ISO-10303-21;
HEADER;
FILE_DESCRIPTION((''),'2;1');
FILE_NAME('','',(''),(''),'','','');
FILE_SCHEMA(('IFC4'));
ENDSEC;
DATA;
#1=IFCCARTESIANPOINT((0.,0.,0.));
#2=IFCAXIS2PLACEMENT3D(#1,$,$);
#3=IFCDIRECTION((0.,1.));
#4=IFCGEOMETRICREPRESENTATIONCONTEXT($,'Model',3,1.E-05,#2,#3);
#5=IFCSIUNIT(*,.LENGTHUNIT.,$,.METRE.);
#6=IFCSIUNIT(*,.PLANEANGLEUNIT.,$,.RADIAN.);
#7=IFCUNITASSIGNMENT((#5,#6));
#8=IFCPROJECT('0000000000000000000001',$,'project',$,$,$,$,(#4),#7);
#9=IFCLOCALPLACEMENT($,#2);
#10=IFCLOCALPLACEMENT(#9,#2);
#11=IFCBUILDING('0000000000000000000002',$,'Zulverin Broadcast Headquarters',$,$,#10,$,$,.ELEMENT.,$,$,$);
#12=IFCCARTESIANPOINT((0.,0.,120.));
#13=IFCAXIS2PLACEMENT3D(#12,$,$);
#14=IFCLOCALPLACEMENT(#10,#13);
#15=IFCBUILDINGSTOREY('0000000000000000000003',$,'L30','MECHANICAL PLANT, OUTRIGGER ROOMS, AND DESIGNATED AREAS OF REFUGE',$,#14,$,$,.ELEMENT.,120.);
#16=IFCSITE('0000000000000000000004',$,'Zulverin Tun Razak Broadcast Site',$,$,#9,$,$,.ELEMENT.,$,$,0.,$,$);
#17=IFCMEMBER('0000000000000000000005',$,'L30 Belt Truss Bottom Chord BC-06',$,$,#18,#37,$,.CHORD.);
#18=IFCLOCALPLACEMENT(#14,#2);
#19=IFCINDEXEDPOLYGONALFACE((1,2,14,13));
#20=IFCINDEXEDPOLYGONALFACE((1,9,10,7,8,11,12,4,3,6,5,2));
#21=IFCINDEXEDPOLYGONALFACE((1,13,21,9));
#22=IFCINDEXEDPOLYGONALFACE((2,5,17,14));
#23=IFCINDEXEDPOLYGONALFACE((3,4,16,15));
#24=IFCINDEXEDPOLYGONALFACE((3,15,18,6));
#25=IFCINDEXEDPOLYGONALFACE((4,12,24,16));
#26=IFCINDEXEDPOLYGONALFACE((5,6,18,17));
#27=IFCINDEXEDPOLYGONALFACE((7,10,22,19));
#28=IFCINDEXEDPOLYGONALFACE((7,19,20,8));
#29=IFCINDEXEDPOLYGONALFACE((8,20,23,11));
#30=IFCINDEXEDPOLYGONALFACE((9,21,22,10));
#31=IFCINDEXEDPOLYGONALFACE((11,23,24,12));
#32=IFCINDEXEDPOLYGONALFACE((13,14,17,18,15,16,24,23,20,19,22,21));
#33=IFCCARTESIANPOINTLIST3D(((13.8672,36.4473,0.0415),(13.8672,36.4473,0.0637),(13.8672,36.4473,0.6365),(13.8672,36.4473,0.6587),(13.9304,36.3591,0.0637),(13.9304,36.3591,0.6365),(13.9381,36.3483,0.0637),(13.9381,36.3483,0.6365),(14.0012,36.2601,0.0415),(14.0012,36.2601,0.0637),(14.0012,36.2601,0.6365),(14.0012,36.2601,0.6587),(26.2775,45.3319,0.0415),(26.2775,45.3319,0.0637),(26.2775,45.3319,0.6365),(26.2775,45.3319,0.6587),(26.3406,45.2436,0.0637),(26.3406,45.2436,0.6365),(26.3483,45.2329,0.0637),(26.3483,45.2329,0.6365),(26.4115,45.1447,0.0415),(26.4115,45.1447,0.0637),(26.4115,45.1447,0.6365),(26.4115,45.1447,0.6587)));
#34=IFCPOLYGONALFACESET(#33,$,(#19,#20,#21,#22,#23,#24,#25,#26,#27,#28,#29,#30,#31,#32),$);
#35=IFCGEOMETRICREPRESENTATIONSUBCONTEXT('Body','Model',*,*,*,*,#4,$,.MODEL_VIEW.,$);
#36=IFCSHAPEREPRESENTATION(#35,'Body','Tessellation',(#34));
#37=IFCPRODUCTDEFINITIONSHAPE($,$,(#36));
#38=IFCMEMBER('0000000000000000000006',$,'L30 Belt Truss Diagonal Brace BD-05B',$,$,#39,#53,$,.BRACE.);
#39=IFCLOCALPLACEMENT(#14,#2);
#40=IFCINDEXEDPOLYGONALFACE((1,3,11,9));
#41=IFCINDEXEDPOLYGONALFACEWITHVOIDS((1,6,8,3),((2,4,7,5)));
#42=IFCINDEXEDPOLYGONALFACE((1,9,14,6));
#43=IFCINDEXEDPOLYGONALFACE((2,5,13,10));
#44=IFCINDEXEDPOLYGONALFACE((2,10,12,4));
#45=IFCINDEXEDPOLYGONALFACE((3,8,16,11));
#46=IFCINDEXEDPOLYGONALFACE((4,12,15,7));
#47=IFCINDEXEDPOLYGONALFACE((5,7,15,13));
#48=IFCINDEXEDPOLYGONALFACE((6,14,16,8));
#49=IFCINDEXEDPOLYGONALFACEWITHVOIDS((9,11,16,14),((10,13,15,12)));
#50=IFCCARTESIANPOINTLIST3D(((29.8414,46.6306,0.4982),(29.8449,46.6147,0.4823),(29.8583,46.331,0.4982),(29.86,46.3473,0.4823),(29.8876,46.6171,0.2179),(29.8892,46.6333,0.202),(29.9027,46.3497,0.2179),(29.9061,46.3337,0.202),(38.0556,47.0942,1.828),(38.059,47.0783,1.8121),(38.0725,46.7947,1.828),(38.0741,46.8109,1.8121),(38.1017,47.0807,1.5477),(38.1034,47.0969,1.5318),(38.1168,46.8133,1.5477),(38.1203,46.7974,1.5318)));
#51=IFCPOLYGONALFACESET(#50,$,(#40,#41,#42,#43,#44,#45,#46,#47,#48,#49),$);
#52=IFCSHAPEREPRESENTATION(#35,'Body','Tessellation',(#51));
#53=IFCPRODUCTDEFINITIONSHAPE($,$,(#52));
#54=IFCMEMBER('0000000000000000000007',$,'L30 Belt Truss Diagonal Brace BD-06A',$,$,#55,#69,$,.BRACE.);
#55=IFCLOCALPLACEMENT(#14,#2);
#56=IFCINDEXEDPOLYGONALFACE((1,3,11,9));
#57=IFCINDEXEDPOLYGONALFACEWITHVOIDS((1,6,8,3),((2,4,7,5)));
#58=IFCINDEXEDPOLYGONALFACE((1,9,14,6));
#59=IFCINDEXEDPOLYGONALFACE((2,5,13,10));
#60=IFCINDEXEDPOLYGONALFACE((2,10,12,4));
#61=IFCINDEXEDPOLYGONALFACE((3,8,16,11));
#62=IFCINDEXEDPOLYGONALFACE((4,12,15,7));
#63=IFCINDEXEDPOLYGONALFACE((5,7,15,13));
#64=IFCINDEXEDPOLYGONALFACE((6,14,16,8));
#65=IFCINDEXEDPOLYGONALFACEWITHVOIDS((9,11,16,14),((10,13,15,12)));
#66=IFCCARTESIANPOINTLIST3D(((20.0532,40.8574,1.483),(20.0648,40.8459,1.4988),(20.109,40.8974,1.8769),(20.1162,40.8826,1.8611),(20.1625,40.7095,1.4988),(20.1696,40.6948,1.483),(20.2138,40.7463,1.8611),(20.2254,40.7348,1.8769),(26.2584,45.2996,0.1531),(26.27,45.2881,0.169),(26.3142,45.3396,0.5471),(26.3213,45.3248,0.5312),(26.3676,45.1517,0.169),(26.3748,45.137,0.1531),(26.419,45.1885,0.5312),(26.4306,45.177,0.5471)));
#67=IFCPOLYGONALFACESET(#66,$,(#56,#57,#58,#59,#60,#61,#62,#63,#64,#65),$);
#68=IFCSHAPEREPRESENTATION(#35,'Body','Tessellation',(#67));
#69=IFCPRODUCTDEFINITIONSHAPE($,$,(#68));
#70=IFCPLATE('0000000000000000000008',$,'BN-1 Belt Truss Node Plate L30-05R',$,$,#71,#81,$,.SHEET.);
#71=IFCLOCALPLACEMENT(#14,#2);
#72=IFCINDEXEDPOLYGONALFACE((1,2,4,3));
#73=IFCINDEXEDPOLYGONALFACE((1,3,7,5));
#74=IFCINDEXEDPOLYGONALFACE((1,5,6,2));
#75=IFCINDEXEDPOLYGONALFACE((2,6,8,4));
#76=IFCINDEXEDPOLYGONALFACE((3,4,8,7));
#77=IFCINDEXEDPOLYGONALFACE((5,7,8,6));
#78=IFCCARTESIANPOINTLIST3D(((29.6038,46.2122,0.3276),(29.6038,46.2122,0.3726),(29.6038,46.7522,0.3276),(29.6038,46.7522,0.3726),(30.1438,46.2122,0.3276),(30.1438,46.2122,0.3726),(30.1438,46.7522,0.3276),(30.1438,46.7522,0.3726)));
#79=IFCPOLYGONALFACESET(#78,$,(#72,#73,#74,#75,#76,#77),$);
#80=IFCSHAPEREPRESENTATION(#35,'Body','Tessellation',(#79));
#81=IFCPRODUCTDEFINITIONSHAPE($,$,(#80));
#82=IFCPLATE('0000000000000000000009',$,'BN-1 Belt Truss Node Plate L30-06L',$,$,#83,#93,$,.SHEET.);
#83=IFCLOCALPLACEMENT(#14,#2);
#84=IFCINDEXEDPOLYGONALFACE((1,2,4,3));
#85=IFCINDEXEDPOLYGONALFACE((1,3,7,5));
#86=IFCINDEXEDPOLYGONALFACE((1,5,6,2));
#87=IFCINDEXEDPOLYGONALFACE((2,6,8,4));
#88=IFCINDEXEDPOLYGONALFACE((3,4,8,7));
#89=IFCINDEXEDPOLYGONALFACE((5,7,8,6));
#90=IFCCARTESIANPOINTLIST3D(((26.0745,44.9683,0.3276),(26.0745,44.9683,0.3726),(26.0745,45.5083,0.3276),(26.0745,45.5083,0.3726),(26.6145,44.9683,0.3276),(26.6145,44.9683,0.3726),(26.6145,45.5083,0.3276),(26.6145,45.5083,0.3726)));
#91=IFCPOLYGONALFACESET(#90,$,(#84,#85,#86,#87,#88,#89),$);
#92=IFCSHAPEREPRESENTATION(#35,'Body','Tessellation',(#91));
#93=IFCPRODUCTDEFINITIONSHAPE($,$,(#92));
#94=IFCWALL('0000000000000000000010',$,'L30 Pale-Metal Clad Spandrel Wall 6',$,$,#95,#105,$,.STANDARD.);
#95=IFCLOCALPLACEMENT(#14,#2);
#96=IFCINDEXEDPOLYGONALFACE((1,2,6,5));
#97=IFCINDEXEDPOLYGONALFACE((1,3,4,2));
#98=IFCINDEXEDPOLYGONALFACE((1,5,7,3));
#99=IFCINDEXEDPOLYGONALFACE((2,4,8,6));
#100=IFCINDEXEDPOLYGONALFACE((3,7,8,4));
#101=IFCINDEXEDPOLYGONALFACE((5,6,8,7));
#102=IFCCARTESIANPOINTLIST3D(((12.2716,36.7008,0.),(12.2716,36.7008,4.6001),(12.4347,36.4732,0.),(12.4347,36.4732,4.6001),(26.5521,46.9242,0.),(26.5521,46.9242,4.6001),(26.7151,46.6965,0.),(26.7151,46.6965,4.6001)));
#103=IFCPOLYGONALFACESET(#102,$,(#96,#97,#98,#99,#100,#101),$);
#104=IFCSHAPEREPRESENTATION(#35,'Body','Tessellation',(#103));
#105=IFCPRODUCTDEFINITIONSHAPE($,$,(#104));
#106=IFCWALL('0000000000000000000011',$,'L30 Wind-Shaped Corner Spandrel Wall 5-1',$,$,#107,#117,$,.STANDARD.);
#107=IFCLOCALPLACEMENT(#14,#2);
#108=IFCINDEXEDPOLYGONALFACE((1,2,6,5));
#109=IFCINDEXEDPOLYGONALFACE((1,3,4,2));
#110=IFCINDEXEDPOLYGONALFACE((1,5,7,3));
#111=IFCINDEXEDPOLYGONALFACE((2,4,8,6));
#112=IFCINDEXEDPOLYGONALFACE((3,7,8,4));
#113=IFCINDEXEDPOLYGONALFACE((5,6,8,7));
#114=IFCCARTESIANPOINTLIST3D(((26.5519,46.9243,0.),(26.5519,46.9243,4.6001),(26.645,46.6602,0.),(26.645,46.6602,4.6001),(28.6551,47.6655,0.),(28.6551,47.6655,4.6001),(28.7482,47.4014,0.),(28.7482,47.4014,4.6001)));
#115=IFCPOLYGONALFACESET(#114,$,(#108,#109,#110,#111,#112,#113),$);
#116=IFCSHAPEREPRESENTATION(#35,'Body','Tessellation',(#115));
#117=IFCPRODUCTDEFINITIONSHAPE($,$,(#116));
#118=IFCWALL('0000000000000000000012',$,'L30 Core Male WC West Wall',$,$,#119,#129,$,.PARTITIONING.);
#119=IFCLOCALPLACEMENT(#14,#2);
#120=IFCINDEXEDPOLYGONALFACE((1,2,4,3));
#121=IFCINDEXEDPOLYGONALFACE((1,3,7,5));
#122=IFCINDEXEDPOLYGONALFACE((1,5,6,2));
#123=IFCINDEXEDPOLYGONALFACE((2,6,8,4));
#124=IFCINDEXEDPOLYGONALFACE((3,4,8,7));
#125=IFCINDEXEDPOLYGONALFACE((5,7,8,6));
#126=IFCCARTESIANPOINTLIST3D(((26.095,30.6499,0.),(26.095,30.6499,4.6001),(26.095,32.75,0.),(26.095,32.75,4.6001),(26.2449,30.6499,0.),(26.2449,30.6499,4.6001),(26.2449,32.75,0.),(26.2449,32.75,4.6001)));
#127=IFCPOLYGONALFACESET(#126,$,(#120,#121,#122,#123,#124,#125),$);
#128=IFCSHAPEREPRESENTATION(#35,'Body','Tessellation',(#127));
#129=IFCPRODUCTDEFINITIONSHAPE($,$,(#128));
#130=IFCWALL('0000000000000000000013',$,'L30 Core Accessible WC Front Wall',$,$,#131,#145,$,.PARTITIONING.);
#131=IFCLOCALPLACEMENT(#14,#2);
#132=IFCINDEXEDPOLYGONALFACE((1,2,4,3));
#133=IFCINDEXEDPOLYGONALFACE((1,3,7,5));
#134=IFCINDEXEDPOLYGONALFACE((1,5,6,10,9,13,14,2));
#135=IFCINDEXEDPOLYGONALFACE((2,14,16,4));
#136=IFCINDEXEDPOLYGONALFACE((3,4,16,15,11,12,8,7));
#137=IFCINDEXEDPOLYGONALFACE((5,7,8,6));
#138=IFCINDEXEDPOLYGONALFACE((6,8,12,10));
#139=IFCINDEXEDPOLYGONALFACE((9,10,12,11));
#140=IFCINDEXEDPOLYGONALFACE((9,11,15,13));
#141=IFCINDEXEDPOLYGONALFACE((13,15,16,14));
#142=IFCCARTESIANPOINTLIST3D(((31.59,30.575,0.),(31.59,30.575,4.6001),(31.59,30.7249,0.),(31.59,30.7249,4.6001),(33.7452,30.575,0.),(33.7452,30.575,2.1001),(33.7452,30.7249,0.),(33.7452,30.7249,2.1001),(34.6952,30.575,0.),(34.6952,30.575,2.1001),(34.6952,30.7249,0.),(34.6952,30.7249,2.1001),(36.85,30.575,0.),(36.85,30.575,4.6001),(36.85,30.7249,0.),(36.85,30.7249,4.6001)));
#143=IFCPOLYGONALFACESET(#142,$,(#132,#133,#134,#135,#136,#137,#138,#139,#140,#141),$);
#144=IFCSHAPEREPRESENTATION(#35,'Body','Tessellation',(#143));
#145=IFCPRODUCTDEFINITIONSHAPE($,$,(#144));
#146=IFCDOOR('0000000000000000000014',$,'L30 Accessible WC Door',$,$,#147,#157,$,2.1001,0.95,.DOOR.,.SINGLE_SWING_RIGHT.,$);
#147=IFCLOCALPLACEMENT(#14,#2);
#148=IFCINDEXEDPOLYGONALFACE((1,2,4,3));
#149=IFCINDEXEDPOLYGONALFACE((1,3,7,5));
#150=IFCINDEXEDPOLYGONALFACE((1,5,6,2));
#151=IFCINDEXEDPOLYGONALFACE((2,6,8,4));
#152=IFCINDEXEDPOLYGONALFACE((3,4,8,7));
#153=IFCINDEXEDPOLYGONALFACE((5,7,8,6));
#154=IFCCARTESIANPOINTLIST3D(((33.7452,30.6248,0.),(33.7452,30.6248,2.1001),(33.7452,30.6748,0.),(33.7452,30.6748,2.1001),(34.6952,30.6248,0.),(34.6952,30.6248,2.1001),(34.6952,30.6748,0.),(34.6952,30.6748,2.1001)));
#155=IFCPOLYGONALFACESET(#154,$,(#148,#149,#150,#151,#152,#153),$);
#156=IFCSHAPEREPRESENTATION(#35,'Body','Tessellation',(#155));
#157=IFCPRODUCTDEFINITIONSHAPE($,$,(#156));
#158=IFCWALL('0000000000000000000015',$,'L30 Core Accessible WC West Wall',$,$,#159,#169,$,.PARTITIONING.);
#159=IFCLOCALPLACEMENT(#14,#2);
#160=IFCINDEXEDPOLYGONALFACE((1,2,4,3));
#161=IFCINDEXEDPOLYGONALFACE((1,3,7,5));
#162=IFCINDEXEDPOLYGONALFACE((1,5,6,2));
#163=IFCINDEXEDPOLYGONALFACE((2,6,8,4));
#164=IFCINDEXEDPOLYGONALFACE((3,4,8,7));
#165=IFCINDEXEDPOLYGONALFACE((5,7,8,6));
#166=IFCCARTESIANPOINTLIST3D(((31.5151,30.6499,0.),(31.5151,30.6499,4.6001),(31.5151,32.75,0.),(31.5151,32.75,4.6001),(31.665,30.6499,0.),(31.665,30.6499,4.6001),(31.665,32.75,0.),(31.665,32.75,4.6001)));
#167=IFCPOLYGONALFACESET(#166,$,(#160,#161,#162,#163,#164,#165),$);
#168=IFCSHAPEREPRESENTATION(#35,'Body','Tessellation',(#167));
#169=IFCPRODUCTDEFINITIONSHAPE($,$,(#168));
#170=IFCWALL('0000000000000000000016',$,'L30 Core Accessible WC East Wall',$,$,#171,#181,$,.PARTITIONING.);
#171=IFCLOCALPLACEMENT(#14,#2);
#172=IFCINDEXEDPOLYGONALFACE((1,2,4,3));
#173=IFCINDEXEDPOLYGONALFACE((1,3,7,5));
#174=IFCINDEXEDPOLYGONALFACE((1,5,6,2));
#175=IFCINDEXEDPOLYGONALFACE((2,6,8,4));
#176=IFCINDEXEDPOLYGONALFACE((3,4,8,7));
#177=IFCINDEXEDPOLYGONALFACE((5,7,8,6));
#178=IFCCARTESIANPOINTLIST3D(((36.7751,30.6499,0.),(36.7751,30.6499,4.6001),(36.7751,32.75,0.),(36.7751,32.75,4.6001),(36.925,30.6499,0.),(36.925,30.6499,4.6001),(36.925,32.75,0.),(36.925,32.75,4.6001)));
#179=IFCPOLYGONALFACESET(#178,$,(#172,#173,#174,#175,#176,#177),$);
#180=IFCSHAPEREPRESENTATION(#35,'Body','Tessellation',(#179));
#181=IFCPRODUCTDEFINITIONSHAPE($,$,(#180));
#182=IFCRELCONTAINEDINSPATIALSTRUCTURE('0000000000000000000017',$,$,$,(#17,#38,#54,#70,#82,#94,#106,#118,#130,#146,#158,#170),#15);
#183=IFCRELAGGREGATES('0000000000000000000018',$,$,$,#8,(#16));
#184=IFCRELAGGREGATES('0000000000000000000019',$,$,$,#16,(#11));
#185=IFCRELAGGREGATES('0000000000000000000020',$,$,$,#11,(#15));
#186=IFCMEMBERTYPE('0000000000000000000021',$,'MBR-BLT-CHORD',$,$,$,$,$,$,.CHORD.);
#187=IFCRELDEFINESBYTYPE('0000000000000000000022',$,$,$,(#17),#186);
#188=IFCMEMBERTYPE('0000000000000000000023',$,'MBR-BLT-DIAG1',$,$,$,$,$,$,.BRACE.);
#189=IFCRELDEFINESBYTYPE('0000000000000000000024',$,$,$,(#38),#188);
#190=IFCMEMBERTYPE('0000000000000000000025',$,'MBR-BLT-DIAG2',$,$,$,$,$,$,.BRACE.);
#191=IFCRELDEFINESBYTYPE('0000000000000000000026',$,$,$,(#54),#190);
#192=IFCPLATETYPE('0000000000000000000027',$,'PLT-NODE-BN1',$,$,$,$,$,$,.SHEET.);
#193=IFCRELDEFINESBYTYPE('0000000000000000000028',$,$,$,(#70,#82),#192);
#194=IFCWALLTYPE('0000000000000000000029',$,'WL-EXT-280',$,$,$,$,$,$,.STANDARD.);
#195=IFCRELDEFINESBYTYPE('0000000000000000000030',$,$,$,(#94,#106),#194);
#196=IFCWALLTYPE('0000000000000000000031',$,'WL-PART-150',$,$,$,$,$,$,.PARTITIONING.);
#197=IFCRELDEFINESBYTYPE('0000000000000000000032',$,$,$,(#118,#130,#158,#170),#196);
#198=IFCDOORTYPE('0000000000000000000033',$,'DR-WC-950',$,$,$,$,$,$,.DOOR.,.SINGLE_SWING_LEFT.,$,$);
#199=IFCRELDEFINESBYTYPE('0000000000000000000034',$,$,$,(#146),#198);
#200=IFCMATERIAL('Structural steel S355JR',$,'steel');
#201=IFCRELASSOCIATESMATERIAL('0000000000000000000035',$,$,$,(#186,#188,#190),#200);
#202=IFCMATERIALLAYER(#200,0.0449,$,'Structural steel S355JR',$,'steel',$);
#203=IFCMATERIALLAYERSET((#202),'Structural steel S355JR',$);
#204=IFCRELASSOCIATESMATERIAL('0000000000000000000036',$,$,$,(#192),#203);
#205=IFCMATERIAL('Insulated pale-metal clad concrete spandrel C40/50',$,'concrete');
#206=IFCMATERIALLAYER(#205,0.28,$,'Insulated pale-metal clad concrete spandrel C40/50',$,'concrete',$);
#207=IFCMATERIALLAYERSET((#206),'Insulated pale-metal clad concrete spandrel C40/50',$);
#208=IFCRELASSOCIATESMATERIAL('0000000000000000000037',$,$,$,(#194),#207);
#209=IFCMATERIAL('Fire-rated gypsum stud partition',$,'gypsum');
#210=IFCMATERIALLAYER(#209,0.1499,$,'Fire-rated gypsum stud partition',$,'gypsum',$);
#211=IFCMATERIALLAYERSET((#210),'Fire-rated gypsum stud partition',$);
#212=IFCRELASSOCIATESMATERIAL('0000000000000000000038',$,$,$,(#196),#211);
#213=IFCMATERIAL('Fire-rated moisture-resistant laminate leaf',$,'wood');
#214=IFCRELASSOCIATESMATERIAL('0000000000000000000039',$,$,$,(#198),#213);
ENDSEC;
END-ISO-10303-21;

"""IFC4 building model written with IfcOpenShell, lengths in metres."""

from ifc_helpers import new_model, si_unit, direction, frame, frame_2d, origin, origin_2d, place, context, subcontext, project, spatial, rectangle, hollow_rectangle, i_section, extrude, material, layer, layer_set, material_profile, profile_set, type_object, element, fill, save


model = new_model("IFC4")

# Units and contexts
model_context = context("Model", 3, precision=1e-05, world=origin(), true_north=direction((0.0, 1.0)))
body_context = subcontext(model_context, "Body", "Model", "MODEL_VIEW")
ifc_project = project(units=[si_unit("LENGTHUNIT", "METRE"), si_unit("PLANEANGLEUNIT", "RADIAN")], contexts=[model_context])

# Site, building, storey
site_placement = place(None, origin())
site = spatial("IfcSite", under=ifc_project, at=site_placement, Name="Zulverin Tun Razak Broadcast Site", CompositionType="ELEMENT", RefElevation=0.0)
building_placement = place(site_placement, origin())
building = spatial("IfcBuilding", under=site, at=building_placement, Name="Zulverin Broadcast Headquarters", CompositionType="ELEMENT")
storey_placement = place(building_placement, frame((0.0, 0.0, 120.0)))
storey = spatial("IfcBuildingStorey", under=building, at=storey_placement, Name="L30", Description="MECHANICAL PLANT, OUTRIGGER ROOMS, AND DESIGNATED AREAS OF REFUGE", CompositionType="ELEMENT", Elevation=120.0)

# Shared definitions
ifc_material_1 = material(Name="Structural steel S355JR", Category="steel")

# Members
ifc_material_profile_1 = material_profile(ifc_material_1, i_section(OverallWidth=0.2302, OverallDepth=0.6172, WebThickness=0.0132, FlangeThickness=0.0222, at=origin_2d()), Name="Structural steel S355JR", Category="steel")
ifc_profile_set_1 = profile_set([ifc_material_profile_1], Name="Structural steel S355JR")
member_type_1 = type_object("IfcMemberType", Name="MBR-BLT-CHORD", PredefinedType="CHORD", material=ifc_profile_set_1)
member_1_placement = place(storey_placement, frame((26.3445, 45.2383, 0.3501), z_axis=(-0.813109, -0.582111, 0.0), x_axis=(0.582111, -0.813109, 0.0)))
element("IfcMember", 1, at=member_1_placement, inside=storey, type_object=member_type_1, Name="L30 Belt Truss Bottom Chord BC-06", PredefinedType="CHORD", context=body_context, shape_type="SweptSolid", body=[
    extrude(i_section(OverallWidth=0.2302, OverallDepth=0.6172, WebThickness=0.0132, FlangeThickness=0.0222, at=origin_2d()), origin(), (0.0, 0.0, 1.0), 15.2627),
])
ifc_material_profile_2 = material_profile(ifc_material_1, hollow_rectangle(XDim=0.3, YDim=0.3, WallThickness=0.0161, at=origin_2d()), Name="Structural steel S355JR", Category="steel")
ifc_profile_set_2 = profile_set([ifc_material_profile_2], Name="Structural steel S355JR")
member_type_2 = type_object("IfcMemberType", Name="MBR-BLT-DIAG1", PredefinedType="BRACE", material=ifc_profile_set_2)
member_2_placement = place(storey_placement, frame((29.8738, 46.4822, 0.3501), z_axis=(0.985618, 0.055631, 0.159568), x_axis=(-0.056353, 0.998411, 0.0)))
element("IfcMember", 2, at=member_2_placement, inside=storey, type_object=member_type_2, Name="L30 Belt Truss Diagonal Brace BD-05B", PredefinedType="BRACE", context=body_context, shape_type="SweptSolid", body=[
    extrude(hollow_rectangle(XDim=0.3, YDim=0.3, WallThickness=0.0161, at=origin_2d()), origin(), (0.0, 0.0, 1.0), 8.334),
])
ifc_material_profile_3 = material_profile(ifc_material_1, hollow_rectangle(XDim=0.2, YDim=0.3999, WallThickness=0.0161, at=origin_2d()), Name="Structural steel S355JR", Category="steel")
ifc_profile_set_3 = profile_set([ifc_material_profile_3], Name="Structural steel S355JR")
member_type_3 = type_object("IfcMemberType", Name="MBR-BLT-DIAG2", PredefinedType="BRACE", material=ifc_profile_set_3)
member_3_placement = place(storey_placement, frame((26.3445, 45.2383, 0.3501), z_axis=(-0.801045, -0.573458, 0.171675), x_axis=(0.5821, -0.813117, 0.0)))
element("IfcMember", 3, at=member_3_placement, inside=storey, type_object=member_type_3, Name="L30 Belt Truss Diagonal Brace BD-06A", PredefinedType="BRACE", context=body_context, shape_type="SweptSolid", body=[
    extrude(hollow_rectangle(XDim=0.2, YDim=0.3999, WallThickness=0.0161, at=origin_2d()), origin(), (0.0, 0.0, 1.0), 7.7463),
])

# Plates
ifc_layer_1 = layer(ifc_material_1, 0.0449, Name="Structural steel S355JR", Category="steel")
ifc_layer_set_1 = layer_set([ifc_layer_1], Name="Structural steel S355JR")
plate_type = type_object("IfcPlateType", Name="PLT-NODE-BN1", PredefinedType="SHEET", material=ifc_layer_set_1)
for number, where, z_axis, x_axis, name in (
    (4, (29.8738, 46.4822, 0.3276), (0.0, 0.0, 1.0), (1.0, 0.0, 0.0), "BN-1 Belt Truss Node Plate L30-05R"),
    (5, (26.3445, 45.2383, 0.3276), (0.0, 0.0, 1.0), (1.0, 0.0, 0.0), "BN-1 Belt Truss Node Plate L30-06L"),
):
    element("IfcPlate", number, at=place(storey_placement, frame(where, z_axis=z_axis, x_axis=x_axis)), inside=storey, type_object=plate_type, Name=name, PredefinedType="SHEET", context=body_context, shape_type="SweptSolid", body=[
        extrude(rectangle(XDim=0.54, YDim=0.54, at=origin_2d()), origin(), (0.0, 0.0, 1.0), 0.0449),
    ])

# Walls
ifc_material_2 = material(Name="Insulated pale-metal clad concrete spandrel C40/50", Category="concrete")
ifc_layer_2 = layer(ifc_material_2, 0.28, Name="Insulated pale-metal clad concrete spandrel C40/50", Category="concrete")
ifc_layer_set_2 = layer_set([ifc_layer_2], Name="Insulated pale-metal clad concrete spandrel C40/50")
wall_type_1 = type_object("IfcWallType", Name="WL-EXT-280", PredefinedType="STANDARD", material=ifc_layer_set_2)
wall_1_placement = place(storey_placement, frame((26.6335, 46.8103, 0.0), z_axis=(0.0, 0.0, 1.0), x_axis=(-0.813113, -0.582106, 0.0)))
element("IfcWall", 6, at=wall_1_placement, inside=storey, type_object=wall_type_1, Name="L30 Pale-Metal Clad Spandrel Wall 6", PredefinedType="STANDARD", context=body_context, shape_type="SweptSolid", body=[
    extrude(rectangle(XDim=17.5627, YDim=0.28, at=frame_2d((8.7812, 0.0))), origin(), (0.0, 0.0, 1.0), 4.6001),
])
wall_2_placement = place(storey_placement, frame((28.7017, 47.5334, 0.0), z_axis=(0.0, 0.0, 1.0), x_axis=(-0.943148, -0.332373, 0.0)))
element("IfcWall", 7, at=wall_2_placement, inside=storey, type_object=wall_type_1, Name="L30 Wind-Shaped Corner Spandrel Wall 5-1", PredefinedType="STANDARD", context=body_context, shape_type="SweptSolid", body=[
    extrude(rectangle(XDim=2.23, YDim=0.28, at=frame_2d((1.115, 0.0))), origin(), (0.0, 0.0, 1.0), 4.6001),
])
ifc_material_3 = material(Name="Fire-rated gypsum stud partition", Category="gypsum")
ifc_layer_3 = layer(ifc_material_3, 0.1499, Name="Fire-rated gypsum stud partition", Category="gypsum")
ifc_layer_set_3 = layer_set([ifc_layer_3], Name="Fire-rated gypsum stud partition")
wall_type_2 = type_object("IfcWallType", Name="WL-PART-150", PredefinedType="PARTITIONING", material=ifc_layer_set_3)
wall_3_placement = place(storey_placement, frame((26.1699, 30.6499, 0.0), z_axis=(0.0, 0.0, 1.0), x_axis=(0.0, 1.0, 0.0)))
element("IfcWall", 8, at=wall_3_placement, inside=storey, type_object=wall_type_2, Name="L30 Core Male WC West Wall", PredefinedType="PARTITIONING", context=body_context, shape_type="SweptSolid", body=[
    extrude(rectangle(XDim=2.1001, YDim=0.1499, at=frame_2d((1.05, 0.0))), origin(), (0.0, 0.0, 1.0), 4.6001),
])

# Wall, opening, door
wall_4_placement = place(storey_placement, frame((31.5901, 30.6499, 0.0), z_axis=(0.0, 0.0, 1.0), x_axis=(1.0, 0.0, 0.0)))
wall_4 = element("IfcWall", 9, at=wall_4_placement, inside=storey, type_object=wall_type_2, Name="L30 Core Accessible WC Front Wall", PredefinedType="PARTITIONING", context=body_context, shape_type="SweptSolid", body=[
    extrude(rectangle(XDim=5.26, YDim=0.1499, at=frame_2d((2.6299, 0.0))), origin(), (0.0, 0.0, 1.0), 4.6001),
])
opening_placement = place(wall_4_placement, frame((2.155, 0.0, 0.0)))
opening = element("IfcOpeningElement", 10, at=opening_placement, cuts=wall_4, PredefinedType="OPENING", context=body_context, shape_type="SweptSolid", body=[
    extrude(rectangle(XDim=0.95, YDim=2.1001, at=frame_2d((0.4751, 1.05))), frame((0.0, 0.085, 0.0), z_axis=(0.0, -1.0, 0.0), x_axis=(1.0, 0.0, 0.0)), (0.0, 0.0, 1.0), 0.1699),
])
ifc_material_4 = material(Name="Fire-rated moisture-resistant laminate leaf", Category="wood")
door_type = type_object("IfcDoorType", Name="DR-WC-950", OperationType="SINGLE_SWING_LEFT", PredefinedType="DOOR", material=ifc_material_4)
door_placement = place(opening_placement, origin())
door = element("IfcDoor", 11, at=door_placement, inside=storey, type_object=door_type, Name="L30 Accessible WC Door", OperationType="SINGLE_SWING_RIGHT", OverallHeight=2.1001, OverallWidth=0.95, PredefinedType="DOOR", context=body_context, shape_type="SweptSolid", body=[
    extrude(rectangle(XDim=0.95, YDim=2.1001, at=frame_2d((0.4751, 1.05))), frame((0.0, 0.0249, 0.0), z_axis=(0.0, -1.0, 0.0), x_axis=(1.0, 0.0, 0.0)), (0.0, 0.0, 1.0), 0.05),
])
fill(opening, door)

# Walls
for number, where, z_axis, x_axis, name in (
    (12, (31.5901, 30.6499, 0.0), (0.0, 0.0, 1.0), (0.0, 1.0, 0.0), "L30 Core Accessible WC West Wall"),
    (13, (36.8501, 30.6499, 0.0), (0.0, 0.0, 1.0), (0.0, 1.0, 0.0), "L30 Core Accessible WC East Wall"),
):
    element("IfcWall", number, at=place(storey_placement, frame(where, z_axis=z_axis, x_axis=x_axis)), inside=storey, type_object=wall_type_2, Name=name, PredefinedType="PARTITIONING", context=body_context, shape_type="SweptSolid", body=[
        extrude(rectangle(XDim=2.1001, YDim=0.1499, at=frame_2d((1.05, 0.0))), origin(), (0.0, 0.0, 1.0), 4.6001),
    ])

save(model, "model.ifc")
